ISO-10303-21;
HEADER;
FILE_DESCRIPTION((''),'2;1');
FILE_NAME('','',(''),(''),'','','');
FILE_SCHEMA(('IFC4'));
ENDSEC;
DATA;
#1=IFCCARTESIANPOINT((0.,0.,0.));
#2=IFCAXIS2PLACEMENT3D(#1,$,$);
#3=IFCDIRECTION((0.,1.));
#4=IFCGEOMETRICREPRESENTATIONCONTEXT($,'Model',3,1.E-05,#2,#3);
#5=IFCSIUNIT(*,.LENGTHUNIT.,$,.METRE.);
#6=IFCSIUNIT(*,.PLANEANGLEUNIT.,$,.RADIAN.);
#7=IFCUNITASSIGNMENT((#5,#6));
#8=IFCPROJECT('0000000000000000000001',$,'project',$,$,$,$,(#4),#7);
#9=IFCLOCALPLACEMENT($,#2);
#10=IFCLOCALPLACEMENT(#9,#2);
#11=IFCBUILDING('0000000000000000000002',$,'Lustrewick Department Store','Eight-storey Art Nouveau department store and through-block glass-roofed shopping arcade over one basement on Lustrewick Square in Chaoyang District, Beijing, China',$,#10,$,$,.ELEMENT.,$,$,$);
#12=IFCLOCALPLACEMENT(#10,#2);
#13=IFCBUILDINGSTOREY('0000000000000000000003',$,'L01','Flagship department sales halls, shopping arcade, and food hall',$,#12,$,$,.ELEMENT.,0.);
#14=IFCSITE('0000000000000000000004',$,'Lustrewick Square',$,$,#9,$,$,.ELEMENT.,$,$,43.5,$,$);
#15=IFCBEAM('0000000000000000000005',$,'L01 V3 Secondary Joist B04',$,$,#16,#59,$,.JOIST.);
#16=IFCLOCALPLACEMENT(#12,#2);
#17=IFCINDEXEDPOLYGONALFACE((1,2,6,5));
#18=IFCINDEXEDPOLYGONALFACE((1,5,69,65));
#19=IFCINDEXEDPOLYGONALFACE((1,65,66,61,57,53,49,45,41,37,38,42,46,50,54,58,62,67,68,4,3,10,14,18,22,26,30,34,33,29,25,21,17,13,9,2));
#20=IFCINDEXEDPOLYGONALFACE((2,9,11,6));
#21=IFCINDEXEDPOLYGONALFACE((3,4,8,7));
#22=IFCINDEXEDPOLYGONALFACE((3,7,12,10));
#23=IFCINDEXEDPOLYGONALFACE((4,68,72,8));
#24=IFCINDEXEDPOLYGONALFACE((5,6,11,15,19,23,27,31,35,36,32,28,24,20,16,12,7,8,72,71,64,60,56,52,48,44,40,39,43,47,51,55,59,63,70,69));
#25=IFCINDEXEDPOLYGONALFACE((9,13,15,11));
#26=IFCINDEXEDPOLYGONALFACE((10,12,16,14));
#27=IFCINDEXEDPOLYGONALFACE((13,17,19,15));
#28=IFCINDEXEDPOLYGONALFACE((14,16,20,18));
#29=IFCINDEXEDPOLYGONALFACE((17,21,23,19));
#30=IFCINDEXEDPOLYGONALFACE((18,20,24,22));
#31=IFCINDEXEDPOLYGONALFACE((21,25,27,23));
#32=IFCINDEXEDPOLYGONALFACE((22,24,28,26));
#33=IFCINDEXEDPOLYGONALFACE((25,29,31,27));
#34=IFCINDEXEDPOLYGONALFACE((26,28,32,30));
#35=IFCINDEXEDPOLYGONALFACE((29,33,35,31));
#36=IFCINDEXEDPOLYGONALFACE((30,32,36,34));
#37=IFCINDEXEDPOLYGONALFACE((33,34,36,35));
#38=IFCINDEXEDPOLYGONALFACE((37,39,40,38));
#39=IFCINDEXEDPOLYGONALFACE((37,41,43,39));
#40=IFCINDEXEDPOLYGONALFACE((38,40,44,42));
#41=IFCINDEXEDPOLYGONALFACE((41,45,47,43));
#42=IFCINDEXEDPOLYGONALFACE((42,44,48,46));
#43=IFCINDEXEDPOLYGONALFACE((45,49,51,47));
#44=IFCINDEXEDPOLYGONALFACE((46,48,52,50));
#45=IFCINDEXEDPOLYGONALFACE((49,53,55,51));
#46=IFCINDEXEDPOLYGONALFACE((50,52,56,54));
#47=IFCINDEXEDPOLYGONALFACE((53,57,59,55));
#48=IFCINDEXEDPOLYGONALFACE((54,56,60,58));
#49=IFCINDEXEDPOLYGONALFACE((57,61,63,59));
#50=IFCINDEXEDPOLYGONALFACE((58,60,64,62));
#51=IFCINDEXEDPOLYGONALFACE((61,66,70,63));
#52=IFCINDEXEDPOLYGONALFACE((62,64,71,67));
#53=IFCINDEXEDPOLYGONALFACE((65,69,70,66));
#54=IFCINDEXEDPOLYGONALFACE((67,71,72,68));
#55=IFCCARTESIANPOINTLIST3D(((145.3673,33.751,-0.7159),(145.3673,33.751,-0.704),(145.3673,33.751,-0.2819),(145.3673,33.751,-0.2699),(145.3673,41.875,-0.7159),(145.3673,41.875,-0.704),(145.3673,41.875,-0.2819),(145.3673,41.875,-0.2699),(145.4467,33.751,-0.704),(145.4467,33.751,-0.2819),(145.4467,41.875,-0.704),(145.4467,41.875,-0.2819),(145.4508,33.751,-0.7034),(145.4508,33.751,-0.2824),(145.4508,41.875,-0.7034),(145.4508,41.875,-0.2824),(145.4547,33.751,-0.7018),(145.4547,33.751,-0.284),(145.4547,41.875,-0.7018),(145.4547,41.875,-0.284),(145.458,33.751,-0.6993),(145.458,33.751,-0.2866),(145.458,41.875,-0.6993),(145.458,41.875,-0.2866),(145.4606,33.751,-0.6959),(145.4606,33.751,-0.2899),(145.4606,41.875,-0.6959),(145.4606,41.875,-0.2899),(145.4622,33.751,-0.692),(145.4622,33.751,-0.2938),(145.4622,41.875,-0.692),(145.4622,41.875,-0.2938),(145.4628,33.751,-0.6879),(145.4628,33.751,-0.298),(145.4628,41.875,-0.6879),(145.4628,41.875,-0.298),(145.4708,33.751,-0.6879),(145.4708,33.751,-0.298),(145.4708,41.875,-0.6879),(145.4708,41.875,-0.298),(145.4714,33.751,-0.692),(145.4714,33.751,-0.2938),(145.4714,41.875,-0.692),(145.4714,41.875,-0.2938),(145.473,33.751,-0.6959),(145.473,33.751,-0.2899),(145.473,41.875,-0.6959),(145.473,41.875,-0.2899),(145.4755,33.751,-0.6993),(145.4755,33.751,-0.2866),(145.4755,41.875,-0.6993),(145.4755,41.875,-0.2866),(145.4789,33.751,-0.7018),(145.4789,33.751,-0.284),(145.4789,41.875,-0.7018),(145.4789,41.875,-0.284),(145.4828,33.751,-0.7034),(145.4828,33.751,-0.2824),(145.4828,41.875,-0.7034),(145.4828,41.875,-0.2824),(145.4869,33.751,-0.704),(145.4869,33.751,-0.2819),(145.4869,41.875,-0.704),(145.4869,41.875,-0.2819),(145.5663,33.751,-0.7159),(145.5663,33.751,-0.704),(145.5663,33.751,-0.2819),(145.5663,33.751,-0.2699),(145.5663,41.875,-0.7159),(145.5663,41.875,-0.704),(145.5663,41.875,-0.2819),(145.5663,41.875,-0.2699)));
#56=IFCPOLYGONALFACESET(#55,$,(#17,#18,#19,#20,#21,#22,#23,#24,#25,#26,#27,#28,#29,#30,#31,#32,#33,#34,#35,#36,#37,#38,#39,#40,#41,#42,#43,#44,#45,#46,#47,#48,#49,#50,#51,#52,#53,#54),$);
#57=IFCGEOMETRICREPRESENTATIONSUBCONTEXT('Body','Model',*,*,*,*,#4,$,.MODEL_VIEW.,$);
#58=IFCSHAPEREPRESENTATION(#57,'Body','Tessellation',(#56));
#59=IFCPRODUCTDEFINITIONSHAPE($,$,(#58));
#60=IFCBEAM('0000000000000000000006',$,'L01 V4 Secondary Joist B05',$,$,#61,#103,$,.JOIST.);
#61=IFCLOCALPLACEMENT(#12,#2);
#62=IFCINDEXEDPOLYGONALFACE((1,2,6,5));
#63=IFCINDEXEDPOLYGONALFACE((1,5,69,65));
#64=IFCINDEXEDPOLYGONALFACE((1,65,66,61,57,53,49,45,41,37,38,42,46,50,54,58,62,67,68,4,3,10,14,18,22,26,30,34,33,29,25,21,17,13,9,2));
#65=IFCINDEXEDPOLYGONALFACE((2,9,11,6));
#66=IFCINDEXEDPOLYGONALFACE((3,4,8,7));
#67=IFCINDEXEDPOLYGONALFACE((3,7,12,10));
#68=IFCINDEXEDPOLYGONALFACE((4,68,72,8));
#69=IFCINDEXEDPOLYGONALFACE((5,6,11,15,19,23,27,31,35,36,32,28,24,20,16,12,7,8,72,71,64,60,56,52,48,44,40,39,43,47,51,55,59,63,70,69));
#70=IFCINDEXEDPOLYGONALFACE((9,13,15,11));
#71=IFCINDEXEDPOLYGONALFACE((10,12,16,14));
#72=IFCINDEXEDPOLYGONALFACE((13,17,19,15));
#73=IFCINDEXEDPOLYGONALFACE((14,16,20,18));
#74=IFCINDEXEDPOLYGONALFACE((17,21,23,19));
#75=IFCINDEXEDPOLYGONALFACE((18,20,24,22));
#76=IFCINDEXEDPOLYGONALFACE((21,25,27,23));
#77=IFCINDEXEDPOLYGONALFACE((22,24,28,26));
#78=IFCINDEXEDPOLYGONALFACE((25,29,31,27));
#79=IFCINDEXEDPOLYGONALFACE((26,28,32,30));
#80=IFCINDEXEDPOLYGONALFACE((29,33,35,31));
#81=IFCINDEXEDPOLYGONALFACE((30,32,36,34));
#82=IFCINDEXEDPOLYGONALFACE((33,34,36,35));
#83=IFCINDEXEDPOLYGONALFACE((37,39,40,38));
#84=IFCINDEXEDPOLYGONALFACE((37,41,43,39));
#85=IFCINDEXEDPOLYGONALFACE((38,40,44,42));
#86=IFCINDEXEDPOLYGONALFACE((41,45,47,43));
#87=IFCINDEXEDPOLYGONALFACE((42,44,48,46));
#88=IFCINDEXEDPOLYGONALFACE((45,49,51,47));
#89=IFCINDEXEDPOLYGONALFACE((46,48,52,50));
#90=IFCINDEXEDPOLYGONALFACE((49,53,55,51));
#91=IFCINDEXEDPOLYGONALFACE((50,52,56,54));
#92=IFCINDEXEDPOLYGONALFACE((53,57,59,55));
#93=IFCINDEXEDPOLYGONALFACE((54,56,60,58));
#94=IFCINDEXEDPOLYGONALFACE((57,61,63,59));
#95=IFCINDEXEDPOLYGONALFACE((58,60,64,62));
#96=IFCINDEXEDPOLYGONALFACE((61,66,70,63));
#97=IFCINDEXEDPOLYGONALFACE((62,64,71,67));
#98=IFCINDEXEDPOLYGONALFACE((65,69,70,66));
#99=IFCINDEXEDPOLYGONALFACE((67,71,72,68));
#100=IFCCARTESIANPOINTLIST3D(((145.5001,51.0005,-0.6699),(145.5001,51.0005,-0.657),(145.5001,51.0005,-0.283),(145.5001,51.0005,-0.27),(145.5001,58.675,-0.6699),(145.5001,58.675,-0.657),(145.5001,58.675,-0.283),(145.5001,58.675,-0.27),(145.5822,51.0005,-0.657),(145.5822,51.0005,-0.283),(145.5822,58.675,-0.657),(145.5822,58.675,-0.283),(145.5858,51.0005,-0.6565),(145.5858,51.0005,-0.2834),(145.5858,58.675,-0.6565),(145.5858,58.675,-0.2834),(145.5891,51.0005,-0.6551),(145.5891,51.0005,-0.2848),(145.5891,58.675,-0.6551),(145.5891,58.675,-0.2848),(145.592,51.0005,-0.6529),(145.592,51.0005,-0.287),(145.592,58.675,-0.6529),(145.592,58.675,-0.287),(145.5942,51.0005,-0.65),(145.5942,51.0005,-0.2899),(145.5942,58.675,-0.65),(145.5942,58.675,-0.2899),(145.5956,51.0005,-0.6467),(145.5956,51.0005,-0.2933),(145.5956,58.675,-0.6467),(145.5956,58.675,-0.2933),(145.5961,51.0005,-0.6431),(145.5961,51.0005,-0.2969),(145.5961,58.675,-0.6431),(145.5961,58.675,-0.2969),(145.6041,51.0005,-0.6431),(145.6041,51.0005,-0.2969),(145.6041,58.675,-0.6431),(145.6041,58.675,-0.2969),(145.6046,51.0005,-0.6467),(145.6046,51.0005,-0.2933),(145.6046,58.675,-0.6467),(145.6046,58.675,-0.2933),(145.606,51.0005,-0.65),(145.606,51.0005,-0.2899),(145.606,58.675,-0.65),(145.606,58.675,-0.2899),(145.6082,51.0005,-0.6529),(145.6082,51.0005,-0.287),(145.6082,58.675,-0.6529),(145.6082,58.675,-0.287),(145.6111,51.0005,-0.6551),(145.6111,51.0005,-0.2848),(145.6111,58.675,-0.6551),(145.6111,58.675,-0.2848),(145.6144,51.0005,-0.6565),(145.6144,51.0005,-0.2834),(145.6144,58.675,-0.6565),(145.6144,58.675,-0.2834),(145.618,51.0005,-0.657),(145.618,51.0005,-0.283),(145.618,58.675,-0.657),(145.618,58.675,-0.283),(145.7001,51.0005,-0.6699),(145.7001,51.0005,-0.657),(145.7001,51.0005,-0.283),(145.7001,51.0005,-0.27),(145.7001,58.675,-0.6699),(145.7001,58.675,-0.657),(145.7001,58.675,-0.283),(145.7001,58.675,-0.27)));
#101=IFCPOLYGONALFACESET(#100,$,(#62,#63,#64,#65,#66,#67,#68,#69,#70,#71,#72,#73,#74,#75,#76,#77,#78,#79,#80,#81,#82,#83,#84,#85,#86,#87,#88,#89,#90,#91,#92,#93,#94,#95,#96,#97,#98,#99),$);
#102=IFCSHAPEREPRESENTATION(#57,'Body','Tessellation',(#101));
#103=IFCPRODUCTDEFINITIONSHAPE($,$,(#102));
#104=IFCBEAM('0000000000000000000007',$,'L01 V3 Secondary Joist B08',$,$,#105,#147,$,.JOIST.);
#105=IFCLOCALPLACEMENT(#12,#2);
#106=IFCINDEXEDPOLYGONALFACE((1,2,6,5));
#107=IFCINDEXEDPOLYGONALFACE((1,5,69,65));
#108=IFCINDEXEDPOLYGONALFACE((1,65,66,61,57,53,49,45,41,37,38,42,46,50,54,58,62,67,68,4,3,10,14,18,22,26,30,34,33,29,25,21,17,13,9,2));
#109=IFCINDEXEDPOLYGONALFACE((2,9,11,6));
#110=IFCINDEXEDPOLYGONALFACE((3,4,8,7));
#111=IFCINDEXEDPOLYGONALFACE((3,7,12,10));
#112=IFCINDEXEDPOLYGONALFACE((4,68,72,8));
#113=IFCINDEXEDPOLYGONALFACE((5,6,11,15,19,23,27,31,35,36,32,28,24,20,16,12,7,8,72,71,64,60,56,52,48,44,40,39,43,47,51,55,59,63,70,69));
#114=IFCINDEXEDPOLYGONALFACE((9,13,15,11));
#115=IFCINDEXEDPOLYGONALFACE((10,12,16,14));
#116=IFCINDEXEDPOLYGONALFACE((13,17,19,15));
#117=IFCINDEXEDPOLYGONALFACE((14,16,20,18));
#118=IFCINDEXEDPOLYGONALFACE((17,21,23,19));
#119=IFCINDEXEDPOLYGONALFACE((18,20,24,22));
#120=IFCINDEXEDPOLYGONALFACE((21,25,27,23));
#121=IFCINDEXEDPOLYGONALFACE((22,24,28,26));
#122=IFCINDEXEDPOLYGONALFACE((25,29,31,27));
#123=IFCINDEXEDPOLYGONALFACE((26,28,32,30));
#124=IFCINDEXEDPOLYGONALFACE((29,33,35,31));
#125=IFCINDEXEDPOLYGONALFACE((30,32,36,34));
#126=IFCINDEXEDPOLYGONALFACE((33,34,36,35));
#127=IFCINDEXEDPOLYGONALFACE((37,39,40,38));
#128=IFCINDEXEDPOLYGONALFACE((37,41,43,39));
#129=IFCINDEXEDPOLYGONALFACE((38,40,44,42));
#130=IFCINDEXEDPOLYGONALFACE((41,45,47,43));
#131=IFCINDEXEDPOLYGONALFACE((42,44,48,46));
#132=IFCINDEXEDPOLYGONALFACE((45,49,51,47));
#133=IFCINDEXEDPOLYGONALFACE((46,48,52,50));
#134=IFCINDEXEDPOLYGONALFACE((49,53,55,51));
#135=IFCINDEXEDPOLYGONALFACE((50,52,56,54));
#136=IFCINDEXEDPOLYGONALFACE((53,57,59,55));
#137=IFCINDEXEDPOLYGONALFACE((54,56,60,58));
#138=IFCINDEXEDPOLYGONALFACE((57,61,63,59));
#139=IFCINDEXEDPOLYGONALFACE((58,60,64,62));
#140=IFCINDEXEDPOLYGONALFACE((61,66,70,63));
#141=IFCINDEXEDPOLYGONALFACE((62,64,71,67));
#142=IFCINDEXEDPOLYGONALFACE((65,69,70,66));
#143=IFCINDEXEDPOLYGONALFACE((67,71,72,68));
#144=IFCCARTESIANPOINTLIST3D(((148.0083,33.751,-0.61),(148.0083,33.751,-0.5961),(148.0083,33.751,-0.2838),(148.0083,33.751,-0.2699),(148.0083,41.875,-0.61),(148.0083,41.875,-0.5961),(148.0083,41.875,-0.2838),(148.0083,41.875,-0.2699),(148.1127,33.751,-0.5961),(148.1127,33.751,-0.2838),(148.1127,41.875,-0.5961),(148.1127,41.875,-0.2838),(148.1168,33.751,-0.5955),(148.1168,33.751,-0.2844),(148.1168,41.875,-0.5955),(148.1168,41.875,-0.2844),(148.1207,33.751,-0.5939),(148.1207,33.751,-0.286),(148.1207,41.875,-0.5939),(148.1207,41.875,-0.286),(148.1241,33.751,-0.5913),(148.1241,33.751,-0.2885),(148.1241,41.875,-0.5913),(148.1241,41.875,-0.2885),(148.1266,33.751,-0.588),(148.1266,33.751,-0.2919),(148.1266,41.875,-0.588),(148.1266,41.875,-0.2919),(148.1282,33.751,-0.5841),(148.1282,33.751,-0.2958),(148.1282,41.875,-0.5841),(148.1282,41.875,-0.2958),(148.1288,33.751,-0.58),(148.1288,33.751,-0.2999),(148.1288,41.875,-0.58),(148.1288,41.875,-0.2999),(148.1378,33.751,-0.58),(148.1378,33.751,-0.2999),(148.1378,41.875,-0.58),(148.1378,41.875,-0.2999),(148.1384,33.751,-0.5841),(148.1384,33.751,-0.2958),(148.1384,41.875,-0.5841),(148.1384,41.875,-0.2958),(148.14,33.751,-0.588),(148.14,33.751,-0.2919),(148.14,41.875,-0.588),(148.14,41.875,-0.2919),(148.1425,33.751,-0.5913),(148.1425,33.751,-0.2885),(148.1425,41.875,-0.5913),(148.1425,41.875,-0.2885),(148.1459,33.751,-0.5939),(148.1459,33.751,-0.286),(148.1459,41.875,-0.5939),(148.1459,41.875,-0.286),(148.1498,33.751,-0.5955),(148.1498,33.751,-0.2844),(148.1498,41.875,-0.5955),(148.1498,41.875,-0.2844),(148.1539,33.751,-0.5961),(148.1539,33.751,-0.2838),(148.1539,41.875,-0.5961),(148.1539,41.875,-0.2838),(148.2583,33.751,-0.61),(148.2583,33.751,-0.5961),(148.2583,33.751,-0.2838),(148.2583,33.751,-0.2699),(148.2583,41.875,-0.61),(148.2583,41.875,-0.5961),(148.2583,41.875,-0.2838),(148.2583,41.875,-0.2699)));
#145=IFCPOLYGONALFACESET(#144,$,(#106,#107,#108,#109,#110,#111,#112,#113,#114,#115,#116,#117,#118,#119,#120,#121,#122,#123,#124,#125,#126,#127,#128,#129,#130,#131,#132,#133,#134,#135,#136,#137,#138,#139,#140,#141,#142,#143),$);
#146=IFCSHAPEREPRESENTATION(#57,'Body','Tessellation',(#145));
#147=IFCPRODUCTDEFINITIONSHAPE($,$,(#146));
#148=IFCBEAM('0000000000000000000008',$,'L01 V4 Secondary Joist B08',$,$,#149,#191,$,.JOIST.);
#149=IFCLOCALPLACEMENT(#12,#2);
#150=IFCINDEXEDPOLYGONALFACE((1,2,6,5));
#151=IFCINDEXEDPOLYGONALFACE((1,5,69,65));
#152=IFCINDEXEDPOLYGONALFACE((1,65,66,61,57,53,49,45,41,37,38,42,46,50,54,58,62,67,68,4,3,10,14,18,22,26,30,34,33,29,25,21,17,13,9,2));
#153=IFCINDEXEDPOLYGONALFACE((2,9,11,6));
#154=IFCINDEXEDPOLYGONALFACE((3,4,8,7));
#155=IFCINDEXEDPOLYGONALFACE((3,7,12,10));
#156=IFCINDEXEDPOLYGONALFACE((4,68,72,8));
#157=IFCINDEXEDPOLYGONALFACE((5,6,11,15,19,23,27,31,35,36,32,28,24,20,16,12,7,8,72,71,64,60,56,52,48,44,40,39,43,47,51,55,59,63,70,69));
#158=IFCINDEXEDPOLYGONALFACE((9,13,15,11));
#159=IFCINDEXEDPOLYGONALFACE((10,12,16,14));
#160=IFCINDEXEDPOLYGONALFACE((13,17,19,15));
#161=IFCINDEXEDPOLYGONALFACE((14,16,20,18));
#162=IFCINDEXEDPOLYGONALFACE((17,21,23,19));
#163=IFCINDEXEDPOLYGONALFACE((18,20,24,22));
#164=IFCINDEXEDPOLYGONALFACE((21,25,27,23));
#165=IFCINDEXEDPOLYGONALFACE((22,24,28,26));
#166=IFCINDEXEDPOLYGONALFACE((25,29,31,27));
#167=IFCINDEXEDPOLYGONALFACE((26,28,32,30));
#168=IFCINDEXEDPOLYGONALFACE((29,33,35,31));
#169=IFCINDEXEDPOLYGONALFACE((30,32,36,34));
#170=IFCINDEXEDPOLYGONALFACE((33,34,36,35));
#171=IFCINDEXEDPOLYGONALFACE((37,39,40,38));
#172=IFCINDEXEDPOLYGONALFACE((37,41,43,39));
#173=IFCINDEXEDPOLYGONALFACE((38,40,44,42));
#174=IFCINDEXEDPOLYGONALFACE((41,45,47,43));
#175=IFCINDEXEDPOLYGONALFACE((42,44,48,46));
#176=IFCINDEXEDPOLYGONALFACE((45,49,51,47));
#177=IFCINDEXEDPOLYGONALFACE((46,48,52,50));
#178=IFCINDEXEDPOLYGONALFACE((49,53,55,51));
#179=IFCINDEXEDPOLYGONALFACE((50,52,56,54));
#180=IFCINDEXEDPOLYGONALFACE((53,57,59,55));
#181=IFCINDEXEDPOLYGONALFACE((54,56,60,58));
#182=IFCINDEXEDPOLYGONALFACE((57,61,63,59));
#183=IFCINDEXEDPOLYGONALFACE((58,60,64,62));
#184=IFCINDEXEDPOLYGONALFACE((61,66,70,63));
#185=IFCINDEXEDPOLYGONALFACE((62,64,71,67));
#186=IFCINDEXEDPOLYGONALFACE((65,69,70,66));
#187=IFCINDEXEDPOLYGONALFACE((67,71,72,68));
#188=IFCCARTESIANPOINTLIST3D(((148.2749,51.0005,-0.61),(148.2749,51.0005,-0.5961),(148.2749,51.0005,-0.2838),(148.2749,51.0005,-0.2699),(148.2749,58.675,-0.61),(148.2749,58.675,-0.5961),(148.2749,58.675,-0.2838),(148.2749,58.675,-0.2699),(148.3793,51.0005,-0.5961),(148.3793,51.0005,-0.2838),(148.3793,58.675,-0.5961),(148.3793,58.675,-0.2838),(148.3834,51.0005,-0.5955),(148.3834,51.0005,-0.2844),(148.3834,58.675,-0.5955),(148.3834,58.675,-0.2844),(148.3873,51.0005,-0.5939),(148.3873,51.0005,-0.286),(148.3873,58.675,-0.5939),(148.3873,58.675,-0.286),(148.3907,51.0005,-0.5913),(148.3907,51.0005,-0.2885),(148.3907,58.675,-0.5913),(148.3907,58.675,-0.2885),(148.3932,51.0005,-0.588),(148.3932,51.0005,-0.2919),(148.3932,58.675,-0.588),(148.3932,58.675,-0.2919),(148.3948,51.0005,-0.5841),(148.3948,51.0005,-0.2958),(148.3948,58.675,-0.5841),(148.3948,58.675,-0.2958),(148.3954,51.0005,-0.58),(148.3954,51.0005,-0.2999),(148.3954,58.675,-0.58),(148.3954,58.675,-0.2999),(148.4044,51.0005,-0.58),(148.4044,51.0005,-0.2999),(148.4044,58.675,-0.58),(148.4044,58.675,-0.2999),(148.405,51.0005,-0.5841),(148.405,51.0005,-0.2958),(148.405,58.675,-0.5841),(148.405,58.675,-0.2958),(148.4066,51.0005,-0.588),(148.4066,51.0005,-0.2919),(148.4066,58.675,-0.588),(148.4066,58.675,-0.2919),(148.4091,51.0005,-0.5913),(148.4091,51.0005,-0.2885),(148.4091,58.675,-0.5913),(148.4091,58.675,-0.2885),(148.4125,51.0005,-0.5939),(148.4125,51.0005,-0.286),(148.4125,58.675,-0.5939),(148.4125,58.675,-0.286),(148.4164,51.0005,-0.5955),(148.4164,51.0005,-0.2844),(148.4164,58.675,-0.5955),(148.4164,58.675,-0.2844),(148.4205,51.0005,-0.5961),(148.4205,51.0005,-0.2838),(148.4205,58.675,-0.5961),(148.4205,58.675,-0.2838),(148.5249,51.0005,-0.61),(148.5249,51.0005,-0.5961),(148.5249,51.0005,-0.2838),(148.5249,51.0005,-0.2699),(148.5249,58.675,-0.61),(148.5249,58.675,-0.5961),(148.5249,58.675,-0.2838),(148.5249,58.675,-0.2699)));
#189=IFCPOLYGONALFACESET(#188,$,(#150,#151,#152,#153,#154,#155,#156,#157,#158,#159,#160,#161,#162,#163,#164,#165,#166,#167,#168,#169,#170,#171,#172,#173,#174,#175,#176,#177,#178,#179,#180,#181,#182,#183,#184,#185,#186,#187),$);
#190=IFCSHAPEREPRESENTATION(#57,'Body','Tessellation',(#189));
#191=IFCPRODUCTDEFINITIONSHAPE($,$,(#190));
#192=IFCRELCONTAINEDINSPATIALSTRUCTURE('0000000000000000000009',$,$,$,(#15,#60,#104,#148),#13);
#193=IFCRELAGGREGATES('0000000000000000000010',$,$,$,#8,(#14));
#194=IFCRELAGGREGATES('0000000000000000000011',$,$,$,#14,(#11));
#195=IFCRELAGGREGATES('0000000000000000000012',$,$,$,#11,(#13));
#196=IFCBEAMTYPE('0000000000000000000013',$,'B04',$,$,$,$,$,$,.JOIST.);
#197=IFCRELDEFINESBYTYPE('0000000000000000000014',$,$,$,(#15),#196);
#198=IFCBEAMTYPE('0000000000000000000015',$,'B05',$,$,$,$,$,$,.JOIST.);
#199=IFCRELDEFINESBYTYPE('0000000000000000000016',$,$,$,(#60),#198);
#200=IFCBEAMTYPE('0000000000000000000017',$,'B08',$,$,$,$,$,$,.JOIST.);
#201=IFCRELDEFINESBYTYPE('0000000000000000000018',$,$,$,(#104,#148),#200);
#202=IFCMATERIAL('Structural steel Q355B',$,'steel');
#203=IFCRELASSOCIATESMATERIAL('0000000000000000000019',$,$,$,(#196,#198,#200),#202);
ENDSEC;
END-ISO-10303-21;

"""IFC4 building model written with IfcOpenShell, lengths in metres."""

from ifc_helpers import new_model, si_unit, direction, frame, origin, origin_2d, place, context, subcontext, project, spatial, i_section, extrude, material, material_profile, profile_set, type_object, element, save


model = new_model("IFC4")

# Units and contexts
model_context = context("Model", 3, precision=1e-05, world=origin(), true_north=direction((0.0, 1.0)))
body_context = subcontext(model_context, "Body", "Model", "MODEL_VIEW")
ifc_project = project(units=[si_unit("LENGTHUNIT", "METRE"), si_unit("PLANEANGLEUNIT", "RADIAN")], contexts=[model_context])

# Site, building, storey
site_placement = place(None, origin())
site = spatial("IfcSite", under=ifc_project, at=site_placement, Name="Lustrewick Square", CompositionType="ELEMENT", RefElevation=43.5)
building_placement = place(site_placement, origin())
building = spatial("IfcBuilding", under=site, at=building_placement, Name="Lustrewick Department Store", Description="Eight-storey Art Nouveau department store and through-block glass-roofed shopping arcade over one basement on Lustrewick Square in Chaoyang District, Beijing, China", CompositionType="ELEMENT")
storey_placement = place(building_placement, origin())
storey = spatial("IfcBuildingStorey", under=building, at=storey_placement, Name="L01", Description="Flagship department sales halls, shopping arcade, and food hall", CompositionType="ELEMENT", Elevation=0.0)

# Beams
ifc_material_1 = material(Name="Structural steel Q355B", Category="steel")
ifc_material_profile_1 = material_profile(ifc_material_1, i_section(OverallWidth=0.199, OverallDepth=0.446, WebThickness=0.0081, FlangeThickness=0.012, FilletRadius=0.0161, at=origin_2d()), Name="HN 446x199x8x12")
ifc_profile_set_1 = profile_set([ifc_material_profile_1], Name="Structural steel Q355B")
beam_type_1 = type_object("IfcBeamType", Name="B04", PredefinedType="JOIST", material=ifc_profile_set_1)
beam_1_placement = place(storey_placement, frame((145.4668, 33.751, -0.4929), z_axis=(0.0, 1.0, 0.0), x_axis=(-1.0, 0.0, 0.0)))
element("IfcBeam", 1, at=beam_1_placement, inside=storey, type_object=beam_type_1, Name="L01 V3 Secondary Joist B04", PredefinedType="JOIST", context=body_context, shape_type="SweptSolid", body=[
    extrude(i_section(OverallWidth=0.199, OverallDepth=0.446, WebThickness=0.0081, FlangeThickness=0.012, FilletRadius=0.0161, at=origin_2d()), origin(), (0.0, 0.0, 1.0), 8.124),
])
ifc_material_profile_2 = material_profile(ifc_material_1, i_section(OverallWidth=0.2, OverallDepth=0.3999, WebThickness=0.0081, FlangeThickness=0.0129, FilletRadius=0.0139, at=origin_2d()), Name="HN 400x200x8x13")
ifc_profile_set_2 = profile_set([ifc_material_profile_2], Name="Structural steel Q355B")
beam_type_2 = type_object("IfcBeamType", Name="B05", PredefinedType="JOIST", material=ifc_profile_set_2)
beam_2_placement = place(storey_placement, frame((145.6001, 51.0005, -0.47), z_axis=(0.0, 1.0, 0.0), x_axis=(-1.0, 0.0, 0.0)))
element("IfcBeam", 2, at=beam_2_placement, inside=storey, type_object=beam_type_2, Name="L01 V4 Secondary Joist B05", PredefinedType="JOIST", context=body_context, shape_type="SweptSolid", body=[
    extrude(i_section(OverallWidth=0.2, OverallDepth=0.3999, WebThickness=0.0081, FlangeThickness=0.0129, FilletRadius=0.0139, at=origin_2d()), origin(), (0.0, 0.0, 1.0), 7.6746),
])
ifc_material_profile_3 = material_profile(ifc_material_1, i_section(OverallWidth=0.25, OverallDepth=0.3401, WebThickness=0.009, FlangeThickness=0.0139, FilletRadius=0.0161, at=origin_2d()), Name="HM 340x250x9x14")
ifc_profile_set_3 = profile_set([ifc_material_profile_3], Name="Structural steel Q355B")
beam_type_3 = type_object("IfcBeamType", Name="B08", PredefinedType="JOIST", material=ifc_profile_set_3)
beam_3_placement = place(storey_placement, frame((148.1333, 33.751, -0.4399), z_axis=(0.0, 1.0, 0.0), x_axis=(-1.0, 0.0, 0.0)))
element("IfcBeam", 3, at=beam_3_placement, inside=storey, type_object=beam_type_3, Name="L01 V3 Secondary Joist B08", PredefinedType="JOIST", context=body_context, shape_type="SweptSolid", body=[
    extrude(i_section(OverallWidth=0.25, OverallDepth=0.3401, WebThickness=0.009, FlangeThickness=0.0139, FilletRadius=0.0161, at=origin_2d()), origin(), (0.0, 0.0, 1.0), 8.124),
])
beam_4_placement = place(storey_placement, frame((148.3999, 51.0005, -0.4399), z_axis=(0.0, 1.0, 0.0), x_axis=(-1.0, 0.0, 0.0)))
element("IfcBeam", 4, at=beam_4_placement, inside=storey, type_object=beam_type_3, Name="L01 V4 Secondary Joist B08", PredefinedType="JOIST", context=body_context, shape_type="SweptSolid", body=[
    extrude(i_section(OverallWidth=0.25, OverallDepth=0.3401, WebThickness=0.009, FlangeThickness=0.0139, FilletRadius=0.0161, at=origin_2d()), origin(), (0.0, 0.0, 1.0), 7.6746),
])

save(model, "model.ifc")
